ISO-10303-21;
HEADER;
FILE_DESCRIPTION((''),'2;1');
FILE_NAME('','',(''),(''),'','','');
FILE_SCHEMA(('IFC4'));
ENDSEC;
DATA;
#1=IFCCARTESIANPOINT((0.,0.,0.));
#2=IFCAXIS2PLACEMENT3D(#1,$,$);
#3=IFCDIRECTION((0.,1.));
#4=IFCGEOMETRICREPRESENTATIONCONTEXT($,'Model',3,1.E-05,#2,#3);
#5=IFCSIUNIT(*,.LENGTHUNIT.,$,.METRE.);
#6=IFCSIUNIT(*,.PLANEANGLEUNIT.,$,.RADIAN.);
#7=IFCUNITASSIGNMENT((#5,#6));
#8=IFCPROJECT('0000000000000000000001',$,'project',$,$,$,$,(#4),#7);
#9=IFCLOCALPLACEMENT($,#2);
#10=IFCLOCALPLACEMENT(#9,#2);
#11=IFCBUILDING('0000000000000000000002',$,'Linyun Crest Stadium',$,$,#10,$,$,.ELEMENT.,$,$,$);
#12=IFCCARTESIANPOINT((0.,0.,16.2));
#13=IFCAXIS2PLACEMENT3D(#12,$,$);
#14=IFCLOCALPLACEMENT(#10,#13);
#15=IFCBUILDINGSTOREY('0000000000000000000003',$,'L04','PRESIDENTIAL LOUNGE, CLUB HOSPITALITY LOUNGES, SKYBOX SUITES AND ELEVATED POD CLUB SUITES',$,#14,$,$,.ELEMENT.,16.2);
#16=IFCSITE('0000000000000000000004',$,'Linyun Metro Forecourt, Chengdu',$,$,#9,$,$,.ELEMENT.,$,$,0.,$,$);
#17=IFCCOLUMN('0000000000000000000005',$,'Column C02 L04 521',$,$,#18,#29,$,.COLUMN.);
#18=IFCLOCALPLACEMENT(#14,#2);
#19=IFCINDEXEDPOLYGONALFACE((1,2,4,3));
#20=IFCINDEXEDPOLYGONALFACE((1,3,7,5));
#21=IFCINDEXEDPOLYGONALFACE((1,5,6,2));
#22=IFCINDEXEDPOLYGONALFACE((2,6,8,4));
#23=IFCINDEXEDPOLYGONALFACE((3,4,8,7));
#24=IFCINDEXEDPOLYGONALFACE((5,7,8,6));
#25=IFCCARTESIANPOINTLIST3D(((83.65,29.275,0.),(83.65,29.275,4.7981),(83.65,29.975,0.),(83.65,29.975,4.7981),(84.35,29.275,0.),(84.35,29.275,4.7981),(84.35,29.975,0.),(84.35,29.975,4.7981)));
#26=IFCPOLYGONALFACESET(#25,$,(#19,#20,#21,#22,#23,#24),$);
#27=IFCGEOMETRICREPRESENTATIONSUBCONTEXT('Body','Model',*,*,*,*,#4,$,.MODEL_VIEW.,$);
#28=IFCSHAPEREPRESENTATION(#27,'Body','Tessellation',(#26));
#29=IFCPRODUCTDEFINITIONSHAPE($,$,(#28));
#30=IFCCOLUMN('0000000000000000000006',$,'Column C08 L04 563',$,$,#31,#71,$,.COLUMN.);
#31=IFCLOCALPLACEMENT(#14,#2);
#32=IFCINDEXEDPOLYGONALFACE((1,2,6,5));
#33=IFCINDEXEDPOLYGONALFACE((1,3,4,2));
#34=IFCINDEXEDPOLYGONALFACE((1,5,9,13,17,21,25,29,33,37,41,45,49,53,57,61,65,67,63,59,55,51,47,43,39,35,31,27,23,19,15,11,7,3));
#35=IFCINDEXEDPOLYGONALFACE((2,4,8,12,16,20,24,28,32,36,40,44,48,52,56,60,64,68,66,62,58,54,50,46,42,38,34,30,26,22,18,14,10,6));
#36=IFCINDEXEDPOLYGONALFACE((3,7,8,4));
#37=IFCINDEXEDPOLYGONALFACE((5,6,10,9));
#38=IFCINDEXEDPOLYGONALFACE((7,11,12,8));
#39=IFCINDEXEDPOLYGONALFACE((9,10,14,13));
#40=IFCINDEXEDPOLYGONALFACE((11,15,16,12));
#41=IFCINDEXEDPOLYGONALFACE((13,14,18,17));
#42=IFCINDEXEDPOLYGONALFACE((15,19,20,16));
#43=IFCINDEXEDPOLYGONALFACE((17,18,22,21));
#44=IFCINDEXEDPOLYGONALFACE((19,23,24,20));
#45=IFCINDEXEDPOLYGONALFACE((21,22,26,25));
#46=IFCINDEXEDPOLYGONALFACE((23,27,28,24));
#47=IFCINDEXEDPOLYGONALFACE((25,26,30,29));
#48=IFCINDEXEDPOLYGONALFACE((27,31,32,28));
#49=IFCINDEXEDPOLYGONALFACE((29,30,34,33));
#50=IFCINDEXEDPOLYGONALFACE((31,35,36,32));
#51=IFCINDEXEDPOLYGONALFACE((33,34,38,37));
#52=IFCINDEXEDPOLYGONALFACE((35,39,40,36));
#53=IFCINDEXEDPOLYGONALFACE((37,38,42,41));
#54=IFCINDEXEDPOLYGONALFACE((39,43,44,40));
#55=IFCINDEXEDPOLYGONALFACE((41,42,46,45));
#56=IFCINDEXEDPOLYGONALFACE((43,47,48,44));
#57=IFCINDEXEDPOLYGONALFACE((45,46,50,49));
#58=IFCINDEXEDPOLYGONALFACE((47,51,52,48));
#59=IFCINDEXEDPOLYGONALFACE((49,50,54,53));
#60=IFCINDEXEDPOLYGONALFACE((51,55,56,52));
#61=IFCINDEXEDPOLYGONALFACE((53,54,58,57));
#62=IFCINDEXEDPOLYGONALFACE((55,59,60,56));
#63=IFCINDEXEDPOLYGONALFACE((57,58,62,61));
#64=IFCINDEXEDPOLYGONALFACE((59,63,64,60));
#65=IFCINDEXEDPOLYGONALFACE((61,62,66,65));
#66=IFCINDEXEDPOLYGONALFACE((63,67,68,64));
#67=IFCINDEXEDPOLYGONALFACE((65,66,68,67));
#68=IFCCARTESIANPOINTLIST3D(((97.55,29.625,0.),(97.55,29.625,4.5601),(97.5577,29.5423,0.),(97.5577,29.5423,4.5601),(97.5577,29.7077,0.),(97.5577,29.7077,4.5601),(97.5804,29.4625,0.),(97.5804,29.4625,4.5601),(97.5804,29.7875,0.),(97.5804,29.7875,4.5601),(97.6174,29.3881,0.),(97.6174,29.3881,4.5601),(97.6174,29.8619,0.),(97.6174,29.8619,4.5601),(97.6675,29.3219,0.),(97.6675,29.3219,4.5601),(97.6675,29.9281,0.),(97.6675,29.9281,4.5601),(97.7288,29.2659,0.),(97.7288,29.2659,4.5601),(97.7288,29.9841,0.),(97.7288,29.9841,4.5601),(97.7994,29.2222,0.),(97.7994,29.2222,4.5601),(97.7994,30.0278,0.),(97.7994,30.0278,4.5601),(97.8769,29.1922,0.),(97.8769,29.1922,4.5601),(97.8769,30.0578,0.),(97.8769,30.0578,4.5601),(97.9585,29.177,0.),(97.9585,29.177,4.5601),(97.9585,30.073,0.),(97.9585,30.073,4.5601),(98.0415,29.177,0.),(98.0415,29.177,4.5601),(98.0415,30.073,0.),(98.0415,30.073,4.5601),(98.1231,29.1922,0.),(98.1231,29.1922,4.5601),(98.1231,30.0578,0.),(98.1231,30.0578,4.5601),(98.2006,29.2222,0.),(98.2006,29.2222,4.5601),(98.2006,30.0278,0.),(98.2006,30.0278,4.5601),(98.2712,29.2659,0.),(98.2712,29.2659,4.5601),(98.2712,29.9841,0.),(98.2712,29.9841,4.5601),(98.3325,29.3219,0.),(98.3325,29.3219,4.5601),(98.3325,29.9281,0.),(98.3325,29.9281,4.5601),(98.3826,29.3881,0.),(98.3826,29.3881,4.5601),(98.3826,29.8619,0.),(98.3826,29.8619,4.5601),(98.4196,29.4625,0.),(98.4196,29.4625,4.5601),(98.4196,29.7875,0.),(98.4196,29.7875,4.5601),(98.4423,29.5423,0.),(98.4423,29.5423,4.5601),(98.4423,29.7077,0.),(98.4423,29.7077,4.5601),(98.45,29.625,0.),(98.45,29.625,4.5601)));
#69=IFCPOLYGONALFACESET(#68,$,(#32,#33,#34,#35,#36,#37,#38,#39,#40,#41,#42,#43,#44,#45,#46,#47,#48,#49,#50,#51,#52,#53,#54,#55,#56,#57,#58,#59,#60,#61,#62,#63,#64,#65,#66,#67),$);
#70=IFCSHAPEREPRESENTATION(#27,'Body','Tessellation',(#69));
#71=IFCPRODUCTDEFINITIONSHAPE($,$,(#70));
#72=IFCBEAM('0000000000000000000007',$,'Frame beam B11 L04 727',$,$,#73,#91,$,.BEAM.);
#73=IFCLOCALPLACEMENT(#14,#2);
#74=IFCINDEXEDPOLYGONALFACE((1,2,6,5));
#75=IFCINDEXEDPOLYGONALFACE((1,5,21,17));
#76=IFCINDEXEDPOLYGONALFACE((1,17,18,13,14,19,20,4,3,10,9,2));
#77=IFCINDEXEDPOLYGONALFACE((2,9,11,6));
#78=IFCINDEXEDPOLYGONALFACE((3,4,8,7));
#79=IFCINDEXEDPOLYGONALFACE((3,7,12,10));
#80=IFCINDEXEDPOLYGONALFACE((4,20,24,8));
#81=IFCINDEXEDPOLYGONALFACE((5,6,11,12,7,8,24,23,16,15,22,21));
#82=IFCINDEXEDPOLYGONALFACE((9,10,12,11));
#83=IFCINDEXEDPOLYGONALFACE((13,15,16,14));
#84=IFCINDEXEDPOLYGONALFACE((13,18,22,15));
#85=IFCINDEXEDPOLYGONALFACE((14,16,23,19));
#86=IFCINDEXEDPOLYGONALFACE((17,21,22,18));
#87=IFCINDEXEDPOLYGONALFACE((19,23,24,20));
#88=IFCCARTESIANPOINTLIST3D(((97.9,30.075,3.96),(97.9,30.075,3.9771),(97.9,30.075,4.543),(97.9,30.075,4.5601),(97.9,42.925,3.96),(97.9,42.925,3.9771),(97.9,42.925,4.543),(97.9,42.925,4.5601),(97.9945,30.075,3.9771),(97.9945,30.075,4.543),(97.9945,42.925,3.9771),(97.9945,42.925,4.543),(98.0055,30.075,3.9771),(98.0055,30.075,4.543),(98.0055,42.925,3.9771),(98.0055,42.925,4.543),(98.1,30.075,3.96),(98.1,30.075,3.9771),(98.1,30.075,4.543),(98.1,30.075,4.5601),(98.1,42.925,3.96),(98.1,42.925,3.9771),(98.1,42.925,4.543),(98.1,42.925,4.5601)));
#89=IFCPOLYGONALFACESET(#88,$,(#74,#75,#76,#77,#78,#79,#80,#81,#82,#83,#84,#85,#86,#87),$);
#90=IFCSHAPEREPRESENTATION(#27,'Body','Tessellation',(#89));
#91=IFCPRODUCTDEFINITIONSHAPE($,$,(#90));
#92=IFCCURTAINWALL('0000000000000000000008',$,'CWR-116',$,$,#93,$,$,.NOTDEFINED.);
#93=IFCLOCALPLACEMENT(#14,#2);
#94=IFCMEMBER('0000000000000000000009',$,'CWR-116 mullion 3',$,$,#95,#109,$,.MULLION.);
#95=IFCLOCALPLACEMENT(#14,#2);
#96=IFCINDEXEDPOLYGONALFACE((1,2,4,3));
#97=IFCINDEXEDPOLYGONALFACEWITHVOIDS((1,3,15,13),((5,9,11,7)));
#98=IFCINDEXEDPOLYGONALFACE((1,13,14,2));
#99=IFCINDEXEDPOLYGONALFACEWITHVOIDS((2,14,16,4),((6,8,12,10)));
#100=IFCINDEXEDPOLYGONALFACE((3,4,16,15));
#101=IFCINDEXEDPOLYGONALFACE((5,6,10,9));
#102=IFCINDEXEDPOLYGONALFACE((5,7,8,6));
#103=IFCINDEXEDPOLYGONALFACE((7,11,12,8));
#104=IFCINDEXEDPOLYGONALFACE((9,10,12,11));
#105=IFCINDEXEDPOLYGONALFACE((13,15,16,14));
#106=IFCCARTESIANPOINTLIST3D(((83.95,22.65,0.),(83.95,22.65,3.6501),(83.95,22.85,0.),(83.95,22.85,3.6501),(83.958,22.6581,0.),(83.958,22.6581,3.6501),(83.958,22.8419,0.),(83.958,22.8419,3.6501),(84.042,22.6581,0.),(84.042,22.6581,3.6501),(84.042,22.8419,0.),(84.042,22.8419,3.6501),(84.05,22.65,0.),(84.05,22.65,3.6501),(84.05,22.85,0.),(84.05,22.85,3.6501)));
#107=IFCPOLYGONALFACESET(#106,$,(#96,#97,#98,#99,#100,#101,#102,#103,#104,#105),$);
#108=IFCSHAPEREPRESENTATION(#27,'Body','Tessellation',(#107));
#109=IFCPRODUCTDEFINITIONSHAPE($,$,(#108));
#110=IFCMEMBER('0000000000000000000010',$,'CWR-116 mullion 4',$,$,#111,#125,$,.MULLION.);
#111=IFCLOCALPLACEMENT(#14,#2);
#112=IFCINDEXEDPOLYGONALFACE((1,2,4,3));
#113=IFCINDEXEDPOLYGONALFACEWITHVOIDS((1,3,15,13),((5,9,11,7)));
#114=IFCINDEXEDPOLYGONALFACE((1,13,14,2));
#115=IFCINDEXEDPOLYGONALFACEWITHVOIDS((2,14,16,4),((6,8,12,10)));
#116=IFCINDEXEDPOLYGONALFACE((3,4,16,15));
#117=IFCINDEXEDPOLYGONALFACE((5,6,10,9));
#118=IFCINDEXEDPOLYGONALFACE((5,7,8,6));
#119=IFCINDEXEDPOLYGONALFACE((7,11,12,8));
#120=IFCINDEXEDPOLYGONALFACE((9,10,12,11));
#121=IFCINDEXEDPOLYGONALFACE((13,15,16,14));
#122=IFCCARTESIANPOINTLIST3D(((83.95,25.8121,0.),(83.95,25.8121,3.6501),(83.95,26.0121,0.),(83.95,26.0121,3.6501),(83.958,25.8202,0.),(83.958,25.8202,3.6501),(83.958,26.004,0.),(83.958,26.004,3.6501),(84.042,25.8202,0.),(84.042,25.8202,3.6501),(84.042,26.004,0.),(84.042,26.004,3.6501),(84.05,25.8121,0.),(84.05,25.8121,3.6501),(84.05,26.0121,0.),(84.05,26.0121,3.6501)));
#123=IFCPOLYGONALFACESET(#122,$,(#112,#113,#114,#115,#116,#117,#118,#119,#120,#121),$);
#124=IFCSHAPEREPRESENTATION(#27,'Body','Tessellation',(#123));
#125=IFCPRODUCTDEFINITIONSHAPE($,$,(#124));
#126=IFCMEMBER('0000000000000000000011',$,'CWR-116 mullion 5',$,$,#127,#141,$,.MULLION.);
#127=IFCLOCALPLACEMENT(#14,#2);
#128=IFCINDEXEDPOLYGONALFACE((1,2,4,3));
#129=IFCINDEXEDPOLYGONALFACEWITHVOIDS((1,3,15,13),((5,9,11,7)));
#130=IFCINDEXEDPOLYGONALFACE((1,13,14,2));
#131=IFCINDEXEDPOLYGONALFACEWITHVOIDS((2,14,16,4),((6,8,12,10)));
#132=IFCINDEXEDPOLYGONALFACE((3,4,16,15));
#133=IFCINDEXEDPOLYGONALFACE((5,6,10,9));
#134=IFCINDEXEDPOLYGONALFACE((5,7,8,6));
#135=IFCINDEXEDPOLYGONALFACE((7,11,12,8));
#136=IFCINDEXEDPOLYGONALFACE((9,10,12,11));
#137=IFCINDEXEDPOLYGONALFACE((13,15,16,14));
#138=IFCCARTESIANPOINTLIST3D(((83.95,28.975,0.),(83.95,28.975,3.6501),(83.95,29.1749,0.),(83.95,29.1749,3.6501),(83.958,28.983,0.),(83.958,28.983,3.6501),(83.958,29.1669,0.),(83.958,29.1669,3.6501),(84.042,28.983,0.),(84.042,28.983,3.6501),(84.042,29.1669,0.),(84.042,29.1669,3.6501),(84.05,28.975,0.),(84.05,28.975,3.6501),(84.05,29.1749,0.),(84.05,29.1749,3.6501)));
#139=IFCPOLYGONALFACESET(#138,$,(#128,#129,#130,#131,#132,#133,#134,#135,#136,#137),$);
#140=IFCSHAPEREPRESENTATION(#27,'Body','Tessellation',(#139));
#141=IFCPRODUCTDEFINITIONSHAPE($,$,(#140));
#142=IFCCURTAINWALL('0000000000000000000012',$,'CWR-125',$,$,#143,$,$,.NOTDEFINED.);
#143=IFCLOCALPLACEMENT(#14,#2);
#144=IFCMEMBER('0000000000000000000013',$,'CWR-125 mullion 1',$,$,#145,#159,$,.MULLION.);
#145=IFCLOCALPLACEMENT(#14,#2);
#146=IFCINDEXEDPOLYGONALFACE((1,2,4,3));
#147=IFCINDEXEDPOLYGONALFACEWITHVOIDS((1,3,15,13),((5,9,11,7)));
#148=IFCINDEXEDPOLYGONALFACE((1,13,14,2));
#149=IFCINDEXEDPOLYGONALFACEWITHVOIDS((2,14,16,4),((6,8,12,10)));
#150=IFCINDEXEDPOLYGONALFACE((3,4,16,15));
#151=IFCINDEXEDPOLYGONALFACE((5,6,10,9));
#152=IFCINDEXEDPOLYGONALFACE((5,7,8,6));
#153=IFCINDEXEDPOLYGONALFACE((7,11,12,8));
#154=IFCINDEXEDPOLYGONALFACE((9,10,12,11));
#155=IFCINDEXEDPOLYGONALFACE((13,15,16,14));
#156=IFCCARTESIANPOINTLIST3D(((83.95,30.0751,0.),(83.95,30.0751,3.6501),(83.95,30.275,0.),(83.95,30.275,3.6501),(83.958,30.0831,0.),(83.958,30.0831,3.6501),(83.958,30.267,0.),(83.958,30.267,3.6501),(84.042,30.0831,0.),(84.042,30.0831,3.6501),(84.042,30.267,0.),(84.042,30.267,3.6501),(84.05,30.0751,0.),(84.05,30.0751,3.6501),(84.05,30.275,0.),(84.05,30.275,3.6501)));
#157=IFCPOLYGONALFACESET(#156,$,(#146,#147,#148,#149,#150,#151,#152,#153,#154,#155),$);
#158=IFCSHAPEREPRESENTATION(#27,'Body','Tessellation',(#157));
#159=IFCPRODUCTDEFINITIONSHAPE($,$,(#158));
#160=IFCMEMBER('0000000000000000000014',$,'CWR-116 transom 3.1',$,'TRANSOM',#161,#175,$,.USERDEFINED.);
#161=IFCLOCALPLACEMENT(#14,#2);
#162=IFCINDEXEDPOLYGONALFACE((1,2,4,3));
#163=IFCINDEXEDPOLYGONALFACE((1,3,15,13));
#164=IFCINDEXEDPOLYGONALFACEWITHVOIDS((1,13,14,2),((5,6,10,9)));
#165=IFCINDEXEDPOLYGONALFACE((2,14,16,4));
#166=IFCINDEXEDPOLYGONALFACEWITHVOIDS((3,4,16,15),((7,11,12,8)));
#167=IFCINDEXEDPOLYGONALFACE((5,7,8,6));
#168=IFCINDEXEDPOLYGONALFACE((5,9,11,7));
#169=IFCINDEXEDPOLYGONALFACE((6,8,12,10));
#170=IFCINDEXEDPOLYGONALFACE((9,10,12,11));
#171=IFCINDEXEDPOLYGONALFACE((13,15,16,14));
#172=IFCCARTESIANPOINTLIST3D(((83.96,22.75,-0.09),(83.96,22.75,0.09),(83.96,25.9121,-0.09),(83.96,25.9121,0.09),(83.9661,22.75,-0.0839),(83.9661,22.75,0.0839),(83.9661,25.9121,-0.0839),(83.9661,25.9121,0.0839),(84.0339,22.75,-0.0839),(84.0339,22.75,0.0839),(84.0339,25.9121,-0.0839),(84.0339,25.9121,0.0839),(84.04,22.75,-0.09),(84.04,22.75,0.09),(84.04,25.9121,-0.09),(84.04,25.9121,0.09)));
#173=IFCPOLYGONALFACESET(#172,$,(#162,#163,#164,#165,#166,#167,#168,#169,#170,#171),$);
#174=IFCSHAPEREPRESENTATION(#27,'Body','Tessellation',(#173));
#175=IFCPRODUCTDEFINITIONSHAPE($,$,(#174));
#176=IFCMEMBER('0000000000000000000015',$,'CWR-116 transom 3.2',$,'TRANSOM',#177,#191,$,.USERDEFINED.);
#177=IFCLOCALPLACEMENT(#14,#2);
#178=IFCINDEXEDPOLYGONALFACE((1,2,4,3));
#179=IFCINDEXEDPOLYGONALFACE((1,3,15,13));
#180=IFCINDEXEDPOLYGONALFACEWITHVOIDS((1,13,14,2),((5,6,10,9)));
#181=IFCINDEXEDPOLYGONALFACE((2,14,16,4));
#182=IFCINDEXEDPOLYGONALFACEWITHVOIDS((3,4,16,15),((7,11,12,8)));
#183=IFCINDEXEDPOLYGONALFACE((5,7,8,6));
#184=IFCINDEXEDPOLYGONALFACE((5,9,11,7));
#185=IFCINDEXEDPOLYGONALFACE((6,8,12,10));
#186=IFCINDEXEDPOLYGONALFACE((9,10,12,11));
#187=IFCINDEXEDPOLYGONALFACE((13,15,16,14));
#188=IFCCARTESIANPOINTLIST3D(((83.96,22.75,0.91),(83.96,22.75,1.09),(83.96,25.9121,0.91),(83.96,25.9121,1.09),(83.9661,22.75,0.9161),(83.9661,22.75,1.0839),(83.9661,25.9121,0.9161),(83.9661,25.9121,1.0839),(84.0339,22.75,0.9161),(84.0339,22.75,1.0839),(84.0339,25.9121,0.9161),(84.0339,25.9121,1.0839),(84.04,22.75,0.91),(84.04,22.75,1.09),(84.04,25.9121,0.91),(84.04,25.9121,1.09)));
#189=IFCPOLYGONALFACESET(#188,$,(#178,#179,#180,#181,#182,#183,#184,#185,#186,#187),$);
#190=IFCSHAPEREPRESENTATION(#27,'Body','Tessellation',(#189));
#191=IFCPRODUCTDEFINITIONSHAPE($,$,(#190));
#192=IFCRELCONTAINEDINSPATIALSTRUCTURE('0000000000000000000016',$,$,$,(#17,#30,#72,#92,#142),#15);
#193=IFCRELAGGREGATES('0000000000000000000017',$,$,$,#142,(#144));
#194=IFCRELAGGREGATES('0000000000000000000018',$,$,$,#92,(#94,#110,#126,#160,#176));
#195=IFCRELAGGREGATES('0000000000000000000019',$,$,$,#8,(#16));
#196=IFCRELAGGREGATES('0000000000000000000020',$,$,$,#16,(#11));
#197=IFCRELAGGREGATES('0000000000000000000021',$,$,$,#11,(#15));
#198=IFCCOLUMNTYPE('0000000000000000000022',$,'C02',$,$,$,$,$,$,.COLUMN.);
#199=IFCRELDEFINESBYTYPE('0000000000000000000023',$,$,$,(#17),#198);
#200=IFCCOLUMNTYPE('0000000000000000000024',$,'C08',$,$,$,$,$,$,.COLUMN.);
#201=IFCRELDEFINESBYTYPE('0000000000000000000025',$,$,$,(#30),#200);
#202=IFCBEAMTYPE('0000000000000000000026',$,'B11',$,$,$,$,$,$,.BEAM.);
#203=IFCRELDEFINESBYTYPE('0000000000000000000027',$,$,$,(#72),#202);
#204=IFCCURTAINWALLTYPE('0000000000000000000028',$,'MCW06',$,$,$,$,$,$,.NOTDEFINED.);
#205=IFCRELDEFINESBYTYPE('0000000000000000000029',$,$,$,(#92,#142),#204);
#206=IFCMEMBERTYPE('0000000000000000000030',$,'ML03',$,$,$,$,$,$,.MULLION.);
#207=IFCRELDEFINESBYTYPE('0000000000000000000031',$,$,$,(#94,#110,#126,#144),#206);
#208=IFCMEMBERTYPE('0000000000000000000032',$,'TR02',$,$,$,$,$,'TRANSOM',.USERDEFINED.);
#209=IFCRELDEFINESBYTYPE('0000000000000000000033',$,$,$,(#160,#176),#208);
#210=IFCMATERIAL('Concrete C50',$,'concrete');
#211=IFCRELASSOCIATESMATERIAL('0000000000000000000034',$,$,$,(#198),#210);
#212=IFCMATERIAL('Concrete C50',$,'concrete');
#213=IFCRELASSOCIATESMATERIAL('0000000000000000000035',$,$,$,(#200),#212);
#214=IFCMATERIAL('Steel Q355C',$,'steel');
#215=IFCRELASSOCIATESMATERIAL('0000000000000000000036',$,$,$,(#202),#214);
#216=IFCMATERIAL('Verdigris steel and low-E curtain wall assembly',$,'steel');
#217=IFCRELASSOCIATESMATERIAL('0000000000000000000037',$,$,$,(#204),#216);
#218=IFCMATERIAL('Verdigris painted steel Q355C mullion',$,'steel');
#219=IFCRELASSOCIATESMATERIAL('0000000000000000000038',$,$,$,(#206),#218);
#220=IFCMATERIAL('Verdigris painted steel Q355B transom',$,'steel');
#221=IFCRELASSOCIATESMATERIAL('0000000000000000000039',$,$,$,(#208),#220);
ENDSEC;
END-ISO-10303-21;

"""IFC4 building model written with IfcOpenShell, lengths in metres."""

from ifc_helpers import new_model, si_unit, direction, frame, origin, origin_2d, place, context, subcontext, project, spatial, rectangle, hollow_rectangle, circle, i_section, extrude, material, material_profile, profile_set, type_object, element, aggregate, save


model = new_model("IFC4")

# Units and contexts
model_context = context("Model", 3, precision=1e-05, world=origin(), true_north=direction((0.0, 1.0)))
body_context = subcontext(model_context, "Body", "Model", "MODEL_VIEW")
ifc_project = project(units=[si_unit("LENGTHUNIT", "METRE"), si_unit("PLANEANGLEUNIT", "RADIAN")], contexts=[model_context])

# Site, building, storey
site_placement = place(None, origin())
site = spatial("IfcSite", under=ifc_project, at=site_placement, Name="Linyun Metro Forecourt, Chengdu", CompositionType="ELEMENT", RefElevation=0.0)
building_placement = place(site_placement, origin())
building = spatial("IfcBuilding", under=site, at=building_placement, Name="Linyun Crest Stadium", CompositionType="ELEMENT")
storey_placement = place(building_placement, frame((0.0, 0.0, 16.2)))
storey = spatial("IfcBuildingStorey", under=building, at=storey_placement, Name="L04", Description="PRESIDENTIAL LOUNGE, CLUB HOSPITALITY LOUNGES, SKYBOX SUITES AND ELEVATED POD CLUB SUITES", CompositionType="ELEMENT", Elevation=16.2)

# Columns
ifc_material_1 = material(Name="Concrete C50", Category="concrete")
ifc_material_profile_1 = material_profile(ifc_material_1, rectangle(XDim=0.7, YDim=0.7, at=origin_2d()), Name="RC 700x700")
ifc_profile_set_1 = profile_set([ifc_material_profile_1], Name="Concrete C50")
column_type_1 = type_object("IfcColumnType", Name="C02", PredefinedType="COLUMN", material=ifc_profile_set_1)
column_1_placement = place(storey_placement, frame((84.0, 29.625, 0.0), z_axis=(0.0, 0.0, 1.0), x_axis=(1.0, 0.0, 0.0)))
element("IfcColumn", 1, at=column_1_placement, inside=storey, type_object=column_type_1, Name="Column C02 L04 521", PredefinedType="COLUMN", context=body_context, shape_type="SweptSolid", body=[
    extrude(rectangle(XDim=0.7, YDim=0.7, at=origin_2d()), origin(), (0.0, 0.0, 1.0), 4.7981),
])
ifc_material_2 = material(Name="Concrete C50", Category="concrete")
ifc_material_profile_2 = material_profile(ifc_material_2, circle(Radius=0.45, at=origin_2d()), Name="RC D900")
ifc_profile_set_2 = profile_set([ifc_material_profile_2], Name="Concrete C50")
column_type_2 = type_object("IfcColumnType", Name="C08", PredefinedType="COLUMN", material=ifc_profile_set_2)
column_2_placement = place(storey_placement, frame((98.0, 29.625, 0.0), z_axis=(0.0, 0.0, 1.0), x_axis=(1.0, 0.0, 0.0)))
element("IfcColumn", 2, at=column_2_placement, inside=storey, type_object=column_type_2, Name="Column C08 L04 563", PredefinedType="COLUMN", context=body_context, shape_type="SweptSolid", body=[
    extrude(circle(Radius=0.45, at=origin_2d()), origin(), (0.0, 0.0, 1.0), 4.5601),
])

# Beam
ifc_material_3 = material(Name="Steel Q355C", Category="steel")
ifc_material_profile_3 = material_profile(ifc_material_3, i_section(OverallWidth=0.2, OverallDepth=0.6001, WebThickness=0.011, FlangeThickness=0.0171, at=origin_2d()), Name="HN 600x200")
ifc_profile_set_3 = profile_set([ifc_material_profile_3], Name="Steel Q355C")
beam_type = type_object("IfcBeamType", Name="B11", PredefinedType="BEAM", material=ifc_profile_set_3)
beam_placement = place(storey_placement, frame((98.0, 30.075, 4.26), z_axis=(0.0, 1.0, 0.0), x_axis=(-1.0, 0.0, 0.0)))
element("IfcBeam", 3, at=beam_placement, inside=storey, type_object=beam_type, Name="Frame beam B11 L04 727", PredefinedType="BEAM", context=body_context, shape_type="SweptSolid", body=[
    extrude(i_section(OverallWidth=0.2, OverallDepth=0.6001, WebThickness=0.011, FlangeThickness=0.0171, at=origin_2d()), origin(), (0.0, 0.0, 1.0), 12.8501),
])

# Curtain wall, members
ifc_material_4 = material(Name="Verdigris steel and low-E curtain wall assembly", Category="steel")
curtain_wall_type = type_object("IfcCurtainWallType", Name="MCW06", PredefinedType="NOTDEFINED", material=ifc_material_4)
curtain_wall_1_placement = place(storey_placement, origin())
curtain_wall_1 = element("IfcCurtainWall", 4, at=curtain_wall_1_placement, inside=storey, type_object=curtain_wall_type, Name="CWR-116", PredefinedType="NOTDEFINED")
ifc_material_5 = material(Name="Verdigris painted steel Q355C mullion", Category="steel")
ifc_material_profile_4 = material_profile(ifc_material_5, hollow_rectangle(XDim=0.1001, YDim=0.2, WallThickness=0.0081, at=origin_2d()), Name="RHS 200x100x8")
ifc_profile_set_4 = profile_set([ifc_material_profile_4], Name="Verdigris painted steel Q355C mullion")
member_type_1 = type_object("IfcMemberType", Name="ML03", PredefinedType="MULLION", material=ifc_profile_set_4)
member_1_placement = place(storey_placement, frame((84.0, 22.75, 0.0), z_axis=(0.0, 0.0, 1.0), x_axis=(-1.0, 0.0, 0.0)))
member_1 = element("IfcMember", 5, at=member_1_placement, type_object=member_type_1, Name="CWR-116 mullion 3", PredefinedType="MULLION", context=body_context, shape_type="SweptSolid", body=[
    extrude(hollow_rectangle(XDim=0.1001, YDim=0.2, WallThickness=0.0081, at=origin_2d()), origin(), (0.0, 0.0, 1.0), 3.6501),
])
member_2_placement = place(storey_placement, frame((84.0, 25.9121, 0.0), z_axis=(0.0, 0.0, 1.0), x_axis=(-1.0, 0.0, 0.0)))
member_2 = element("IfcMember", 6, at=member_2_placement, type_object=member_type_1, Name="CWR-116 mullion 4", PredefinedType="MULLION", context=body_context, shape_type="SweptSolid", body=[
    extrude(hollow_rectangle(XDim=0.1001, YDim=0.2, WallThickness=0.0081, at=origin_2d()), origin(), (0.0, 0.0, 1.0), 3.6501),
])
member_3_placement = place(storey_placement, frame((84.0, 29.075, 0.0), z_axis=(0.0, 0.0, 1.0), x_axis=(-1.0, 0.0, 0.0)))
member_3 = element("IfcMember", 7, at=member_3_placement, type_object=member_type_1, Name="CWR-116 mullion 5", PredefinedType="MULLION", context=body_context, shape_type="SweptSolid", body=[
    extrude(hollow_rectangle(XDim=0.1001, YDim=0.2, WallThickness=0.0081, at=origin_2d()), origin(), (0.0, 0.0, 1.0), 3.6501),
])

# Curtain wall, member
curtain_wall_2_placement = place(storey_placement, origin())
curtain_wall_2 = element("IfcCurtainWall", 8, at=curtain_wall_2_placement, inside=storey, type_object=curtain_wall_type, Name="CWR-125", PredefinedType="NOTDEFINED")
member_4_placement = place(storey_placement, frame((84.0, 30.175, 0.0), z_axis=(0.0, 0.0, 1.0), x_axis=(-1.0, 0.0, 0.0)))
member_4 = element("IfcMember", 9, at=member_4_placement, type_object=member_type_1, Name="CWR-125 mullion 1", PredefinedType="MULLION", context=body_context, shape_type="SweptSolid", body=[
    extrude(hollow_rectangle(XDim=0.1001, YDim=0.2, WallThickness=0.0081, at=origin_2d()), origin(), (0.0, 0.0, 1.0), 3.6501),
])

# Members
ifc_material_6 = material(Name="Verdigris painted steel Q355B transom", Category="steel")
ifc_material_profile_5 = material_profile(ifc_material_6, hollow_rectangle(XDim=0.0801, YDim=0.1799, WallThickness=0.0061, at=origin_2d()), Name="RHS 180x80x6")
ifc_profile_set_5 = profile_set([ifc_material_profile_5], Name="Verdigris painted steel Q355B transom")
member_type_2 = type_object("IfcMemberType", Name="TR02", ElementType="TRANSOM", PredefinedType="USERDEFINED", material=ifc_profile_set_5)
member_5_placement = place(storey_placement, frame((84.0, 22.75, 0.0), z_axis=(0.0, 1.0, 0.0), x_axis=(-1.0, 0.0, 0.0)))
member_5 = element("IfcMember", 10, at=member_5_placement, type_object=member_type_2, Name="CWR-116 transom 3.1", ObjectType="TRANSOM", PredefinedType="USERDEFINED", context=body_context, shape_type="SweptSolid", body=[
    extrude(hollow_rectangle(XDim=0.0801, YDim=0.1799, WallThickness=0.0061, at=origin_2d()), origin(), (0.0, 0.0, 1.0), 3.1621),
])
member_6_placement = place(storey_placement, frame((84.0, 22.75, 1.0), z_axis=(0.0, 1.0, 0.0), x_axis=(-1.0, 0.0, 0.0)))
member_6 = element("IfcMember", 11, at=member_6_placement, type_object=member_type_2, Name="CWR-116 transom 3.2", ObjectType="TRANSOM", PredefinedType="USERDEFINED", context=body_context, shape_type="SweptSolid", body=[
    extrude(hollow_rectangle(XDim=0.0801, YDim=0.1799, WallThickness=0.0061, at=origin_2d()), origin(), (0.0, 0.0, 1.0), 3.1621),
])
aggregate(curtain_wall_2, [member_4])

aggregate(curtain_wall_1, [member_1, member_2, member_3, member_5, member_6])

save(model, "model.ifc")
